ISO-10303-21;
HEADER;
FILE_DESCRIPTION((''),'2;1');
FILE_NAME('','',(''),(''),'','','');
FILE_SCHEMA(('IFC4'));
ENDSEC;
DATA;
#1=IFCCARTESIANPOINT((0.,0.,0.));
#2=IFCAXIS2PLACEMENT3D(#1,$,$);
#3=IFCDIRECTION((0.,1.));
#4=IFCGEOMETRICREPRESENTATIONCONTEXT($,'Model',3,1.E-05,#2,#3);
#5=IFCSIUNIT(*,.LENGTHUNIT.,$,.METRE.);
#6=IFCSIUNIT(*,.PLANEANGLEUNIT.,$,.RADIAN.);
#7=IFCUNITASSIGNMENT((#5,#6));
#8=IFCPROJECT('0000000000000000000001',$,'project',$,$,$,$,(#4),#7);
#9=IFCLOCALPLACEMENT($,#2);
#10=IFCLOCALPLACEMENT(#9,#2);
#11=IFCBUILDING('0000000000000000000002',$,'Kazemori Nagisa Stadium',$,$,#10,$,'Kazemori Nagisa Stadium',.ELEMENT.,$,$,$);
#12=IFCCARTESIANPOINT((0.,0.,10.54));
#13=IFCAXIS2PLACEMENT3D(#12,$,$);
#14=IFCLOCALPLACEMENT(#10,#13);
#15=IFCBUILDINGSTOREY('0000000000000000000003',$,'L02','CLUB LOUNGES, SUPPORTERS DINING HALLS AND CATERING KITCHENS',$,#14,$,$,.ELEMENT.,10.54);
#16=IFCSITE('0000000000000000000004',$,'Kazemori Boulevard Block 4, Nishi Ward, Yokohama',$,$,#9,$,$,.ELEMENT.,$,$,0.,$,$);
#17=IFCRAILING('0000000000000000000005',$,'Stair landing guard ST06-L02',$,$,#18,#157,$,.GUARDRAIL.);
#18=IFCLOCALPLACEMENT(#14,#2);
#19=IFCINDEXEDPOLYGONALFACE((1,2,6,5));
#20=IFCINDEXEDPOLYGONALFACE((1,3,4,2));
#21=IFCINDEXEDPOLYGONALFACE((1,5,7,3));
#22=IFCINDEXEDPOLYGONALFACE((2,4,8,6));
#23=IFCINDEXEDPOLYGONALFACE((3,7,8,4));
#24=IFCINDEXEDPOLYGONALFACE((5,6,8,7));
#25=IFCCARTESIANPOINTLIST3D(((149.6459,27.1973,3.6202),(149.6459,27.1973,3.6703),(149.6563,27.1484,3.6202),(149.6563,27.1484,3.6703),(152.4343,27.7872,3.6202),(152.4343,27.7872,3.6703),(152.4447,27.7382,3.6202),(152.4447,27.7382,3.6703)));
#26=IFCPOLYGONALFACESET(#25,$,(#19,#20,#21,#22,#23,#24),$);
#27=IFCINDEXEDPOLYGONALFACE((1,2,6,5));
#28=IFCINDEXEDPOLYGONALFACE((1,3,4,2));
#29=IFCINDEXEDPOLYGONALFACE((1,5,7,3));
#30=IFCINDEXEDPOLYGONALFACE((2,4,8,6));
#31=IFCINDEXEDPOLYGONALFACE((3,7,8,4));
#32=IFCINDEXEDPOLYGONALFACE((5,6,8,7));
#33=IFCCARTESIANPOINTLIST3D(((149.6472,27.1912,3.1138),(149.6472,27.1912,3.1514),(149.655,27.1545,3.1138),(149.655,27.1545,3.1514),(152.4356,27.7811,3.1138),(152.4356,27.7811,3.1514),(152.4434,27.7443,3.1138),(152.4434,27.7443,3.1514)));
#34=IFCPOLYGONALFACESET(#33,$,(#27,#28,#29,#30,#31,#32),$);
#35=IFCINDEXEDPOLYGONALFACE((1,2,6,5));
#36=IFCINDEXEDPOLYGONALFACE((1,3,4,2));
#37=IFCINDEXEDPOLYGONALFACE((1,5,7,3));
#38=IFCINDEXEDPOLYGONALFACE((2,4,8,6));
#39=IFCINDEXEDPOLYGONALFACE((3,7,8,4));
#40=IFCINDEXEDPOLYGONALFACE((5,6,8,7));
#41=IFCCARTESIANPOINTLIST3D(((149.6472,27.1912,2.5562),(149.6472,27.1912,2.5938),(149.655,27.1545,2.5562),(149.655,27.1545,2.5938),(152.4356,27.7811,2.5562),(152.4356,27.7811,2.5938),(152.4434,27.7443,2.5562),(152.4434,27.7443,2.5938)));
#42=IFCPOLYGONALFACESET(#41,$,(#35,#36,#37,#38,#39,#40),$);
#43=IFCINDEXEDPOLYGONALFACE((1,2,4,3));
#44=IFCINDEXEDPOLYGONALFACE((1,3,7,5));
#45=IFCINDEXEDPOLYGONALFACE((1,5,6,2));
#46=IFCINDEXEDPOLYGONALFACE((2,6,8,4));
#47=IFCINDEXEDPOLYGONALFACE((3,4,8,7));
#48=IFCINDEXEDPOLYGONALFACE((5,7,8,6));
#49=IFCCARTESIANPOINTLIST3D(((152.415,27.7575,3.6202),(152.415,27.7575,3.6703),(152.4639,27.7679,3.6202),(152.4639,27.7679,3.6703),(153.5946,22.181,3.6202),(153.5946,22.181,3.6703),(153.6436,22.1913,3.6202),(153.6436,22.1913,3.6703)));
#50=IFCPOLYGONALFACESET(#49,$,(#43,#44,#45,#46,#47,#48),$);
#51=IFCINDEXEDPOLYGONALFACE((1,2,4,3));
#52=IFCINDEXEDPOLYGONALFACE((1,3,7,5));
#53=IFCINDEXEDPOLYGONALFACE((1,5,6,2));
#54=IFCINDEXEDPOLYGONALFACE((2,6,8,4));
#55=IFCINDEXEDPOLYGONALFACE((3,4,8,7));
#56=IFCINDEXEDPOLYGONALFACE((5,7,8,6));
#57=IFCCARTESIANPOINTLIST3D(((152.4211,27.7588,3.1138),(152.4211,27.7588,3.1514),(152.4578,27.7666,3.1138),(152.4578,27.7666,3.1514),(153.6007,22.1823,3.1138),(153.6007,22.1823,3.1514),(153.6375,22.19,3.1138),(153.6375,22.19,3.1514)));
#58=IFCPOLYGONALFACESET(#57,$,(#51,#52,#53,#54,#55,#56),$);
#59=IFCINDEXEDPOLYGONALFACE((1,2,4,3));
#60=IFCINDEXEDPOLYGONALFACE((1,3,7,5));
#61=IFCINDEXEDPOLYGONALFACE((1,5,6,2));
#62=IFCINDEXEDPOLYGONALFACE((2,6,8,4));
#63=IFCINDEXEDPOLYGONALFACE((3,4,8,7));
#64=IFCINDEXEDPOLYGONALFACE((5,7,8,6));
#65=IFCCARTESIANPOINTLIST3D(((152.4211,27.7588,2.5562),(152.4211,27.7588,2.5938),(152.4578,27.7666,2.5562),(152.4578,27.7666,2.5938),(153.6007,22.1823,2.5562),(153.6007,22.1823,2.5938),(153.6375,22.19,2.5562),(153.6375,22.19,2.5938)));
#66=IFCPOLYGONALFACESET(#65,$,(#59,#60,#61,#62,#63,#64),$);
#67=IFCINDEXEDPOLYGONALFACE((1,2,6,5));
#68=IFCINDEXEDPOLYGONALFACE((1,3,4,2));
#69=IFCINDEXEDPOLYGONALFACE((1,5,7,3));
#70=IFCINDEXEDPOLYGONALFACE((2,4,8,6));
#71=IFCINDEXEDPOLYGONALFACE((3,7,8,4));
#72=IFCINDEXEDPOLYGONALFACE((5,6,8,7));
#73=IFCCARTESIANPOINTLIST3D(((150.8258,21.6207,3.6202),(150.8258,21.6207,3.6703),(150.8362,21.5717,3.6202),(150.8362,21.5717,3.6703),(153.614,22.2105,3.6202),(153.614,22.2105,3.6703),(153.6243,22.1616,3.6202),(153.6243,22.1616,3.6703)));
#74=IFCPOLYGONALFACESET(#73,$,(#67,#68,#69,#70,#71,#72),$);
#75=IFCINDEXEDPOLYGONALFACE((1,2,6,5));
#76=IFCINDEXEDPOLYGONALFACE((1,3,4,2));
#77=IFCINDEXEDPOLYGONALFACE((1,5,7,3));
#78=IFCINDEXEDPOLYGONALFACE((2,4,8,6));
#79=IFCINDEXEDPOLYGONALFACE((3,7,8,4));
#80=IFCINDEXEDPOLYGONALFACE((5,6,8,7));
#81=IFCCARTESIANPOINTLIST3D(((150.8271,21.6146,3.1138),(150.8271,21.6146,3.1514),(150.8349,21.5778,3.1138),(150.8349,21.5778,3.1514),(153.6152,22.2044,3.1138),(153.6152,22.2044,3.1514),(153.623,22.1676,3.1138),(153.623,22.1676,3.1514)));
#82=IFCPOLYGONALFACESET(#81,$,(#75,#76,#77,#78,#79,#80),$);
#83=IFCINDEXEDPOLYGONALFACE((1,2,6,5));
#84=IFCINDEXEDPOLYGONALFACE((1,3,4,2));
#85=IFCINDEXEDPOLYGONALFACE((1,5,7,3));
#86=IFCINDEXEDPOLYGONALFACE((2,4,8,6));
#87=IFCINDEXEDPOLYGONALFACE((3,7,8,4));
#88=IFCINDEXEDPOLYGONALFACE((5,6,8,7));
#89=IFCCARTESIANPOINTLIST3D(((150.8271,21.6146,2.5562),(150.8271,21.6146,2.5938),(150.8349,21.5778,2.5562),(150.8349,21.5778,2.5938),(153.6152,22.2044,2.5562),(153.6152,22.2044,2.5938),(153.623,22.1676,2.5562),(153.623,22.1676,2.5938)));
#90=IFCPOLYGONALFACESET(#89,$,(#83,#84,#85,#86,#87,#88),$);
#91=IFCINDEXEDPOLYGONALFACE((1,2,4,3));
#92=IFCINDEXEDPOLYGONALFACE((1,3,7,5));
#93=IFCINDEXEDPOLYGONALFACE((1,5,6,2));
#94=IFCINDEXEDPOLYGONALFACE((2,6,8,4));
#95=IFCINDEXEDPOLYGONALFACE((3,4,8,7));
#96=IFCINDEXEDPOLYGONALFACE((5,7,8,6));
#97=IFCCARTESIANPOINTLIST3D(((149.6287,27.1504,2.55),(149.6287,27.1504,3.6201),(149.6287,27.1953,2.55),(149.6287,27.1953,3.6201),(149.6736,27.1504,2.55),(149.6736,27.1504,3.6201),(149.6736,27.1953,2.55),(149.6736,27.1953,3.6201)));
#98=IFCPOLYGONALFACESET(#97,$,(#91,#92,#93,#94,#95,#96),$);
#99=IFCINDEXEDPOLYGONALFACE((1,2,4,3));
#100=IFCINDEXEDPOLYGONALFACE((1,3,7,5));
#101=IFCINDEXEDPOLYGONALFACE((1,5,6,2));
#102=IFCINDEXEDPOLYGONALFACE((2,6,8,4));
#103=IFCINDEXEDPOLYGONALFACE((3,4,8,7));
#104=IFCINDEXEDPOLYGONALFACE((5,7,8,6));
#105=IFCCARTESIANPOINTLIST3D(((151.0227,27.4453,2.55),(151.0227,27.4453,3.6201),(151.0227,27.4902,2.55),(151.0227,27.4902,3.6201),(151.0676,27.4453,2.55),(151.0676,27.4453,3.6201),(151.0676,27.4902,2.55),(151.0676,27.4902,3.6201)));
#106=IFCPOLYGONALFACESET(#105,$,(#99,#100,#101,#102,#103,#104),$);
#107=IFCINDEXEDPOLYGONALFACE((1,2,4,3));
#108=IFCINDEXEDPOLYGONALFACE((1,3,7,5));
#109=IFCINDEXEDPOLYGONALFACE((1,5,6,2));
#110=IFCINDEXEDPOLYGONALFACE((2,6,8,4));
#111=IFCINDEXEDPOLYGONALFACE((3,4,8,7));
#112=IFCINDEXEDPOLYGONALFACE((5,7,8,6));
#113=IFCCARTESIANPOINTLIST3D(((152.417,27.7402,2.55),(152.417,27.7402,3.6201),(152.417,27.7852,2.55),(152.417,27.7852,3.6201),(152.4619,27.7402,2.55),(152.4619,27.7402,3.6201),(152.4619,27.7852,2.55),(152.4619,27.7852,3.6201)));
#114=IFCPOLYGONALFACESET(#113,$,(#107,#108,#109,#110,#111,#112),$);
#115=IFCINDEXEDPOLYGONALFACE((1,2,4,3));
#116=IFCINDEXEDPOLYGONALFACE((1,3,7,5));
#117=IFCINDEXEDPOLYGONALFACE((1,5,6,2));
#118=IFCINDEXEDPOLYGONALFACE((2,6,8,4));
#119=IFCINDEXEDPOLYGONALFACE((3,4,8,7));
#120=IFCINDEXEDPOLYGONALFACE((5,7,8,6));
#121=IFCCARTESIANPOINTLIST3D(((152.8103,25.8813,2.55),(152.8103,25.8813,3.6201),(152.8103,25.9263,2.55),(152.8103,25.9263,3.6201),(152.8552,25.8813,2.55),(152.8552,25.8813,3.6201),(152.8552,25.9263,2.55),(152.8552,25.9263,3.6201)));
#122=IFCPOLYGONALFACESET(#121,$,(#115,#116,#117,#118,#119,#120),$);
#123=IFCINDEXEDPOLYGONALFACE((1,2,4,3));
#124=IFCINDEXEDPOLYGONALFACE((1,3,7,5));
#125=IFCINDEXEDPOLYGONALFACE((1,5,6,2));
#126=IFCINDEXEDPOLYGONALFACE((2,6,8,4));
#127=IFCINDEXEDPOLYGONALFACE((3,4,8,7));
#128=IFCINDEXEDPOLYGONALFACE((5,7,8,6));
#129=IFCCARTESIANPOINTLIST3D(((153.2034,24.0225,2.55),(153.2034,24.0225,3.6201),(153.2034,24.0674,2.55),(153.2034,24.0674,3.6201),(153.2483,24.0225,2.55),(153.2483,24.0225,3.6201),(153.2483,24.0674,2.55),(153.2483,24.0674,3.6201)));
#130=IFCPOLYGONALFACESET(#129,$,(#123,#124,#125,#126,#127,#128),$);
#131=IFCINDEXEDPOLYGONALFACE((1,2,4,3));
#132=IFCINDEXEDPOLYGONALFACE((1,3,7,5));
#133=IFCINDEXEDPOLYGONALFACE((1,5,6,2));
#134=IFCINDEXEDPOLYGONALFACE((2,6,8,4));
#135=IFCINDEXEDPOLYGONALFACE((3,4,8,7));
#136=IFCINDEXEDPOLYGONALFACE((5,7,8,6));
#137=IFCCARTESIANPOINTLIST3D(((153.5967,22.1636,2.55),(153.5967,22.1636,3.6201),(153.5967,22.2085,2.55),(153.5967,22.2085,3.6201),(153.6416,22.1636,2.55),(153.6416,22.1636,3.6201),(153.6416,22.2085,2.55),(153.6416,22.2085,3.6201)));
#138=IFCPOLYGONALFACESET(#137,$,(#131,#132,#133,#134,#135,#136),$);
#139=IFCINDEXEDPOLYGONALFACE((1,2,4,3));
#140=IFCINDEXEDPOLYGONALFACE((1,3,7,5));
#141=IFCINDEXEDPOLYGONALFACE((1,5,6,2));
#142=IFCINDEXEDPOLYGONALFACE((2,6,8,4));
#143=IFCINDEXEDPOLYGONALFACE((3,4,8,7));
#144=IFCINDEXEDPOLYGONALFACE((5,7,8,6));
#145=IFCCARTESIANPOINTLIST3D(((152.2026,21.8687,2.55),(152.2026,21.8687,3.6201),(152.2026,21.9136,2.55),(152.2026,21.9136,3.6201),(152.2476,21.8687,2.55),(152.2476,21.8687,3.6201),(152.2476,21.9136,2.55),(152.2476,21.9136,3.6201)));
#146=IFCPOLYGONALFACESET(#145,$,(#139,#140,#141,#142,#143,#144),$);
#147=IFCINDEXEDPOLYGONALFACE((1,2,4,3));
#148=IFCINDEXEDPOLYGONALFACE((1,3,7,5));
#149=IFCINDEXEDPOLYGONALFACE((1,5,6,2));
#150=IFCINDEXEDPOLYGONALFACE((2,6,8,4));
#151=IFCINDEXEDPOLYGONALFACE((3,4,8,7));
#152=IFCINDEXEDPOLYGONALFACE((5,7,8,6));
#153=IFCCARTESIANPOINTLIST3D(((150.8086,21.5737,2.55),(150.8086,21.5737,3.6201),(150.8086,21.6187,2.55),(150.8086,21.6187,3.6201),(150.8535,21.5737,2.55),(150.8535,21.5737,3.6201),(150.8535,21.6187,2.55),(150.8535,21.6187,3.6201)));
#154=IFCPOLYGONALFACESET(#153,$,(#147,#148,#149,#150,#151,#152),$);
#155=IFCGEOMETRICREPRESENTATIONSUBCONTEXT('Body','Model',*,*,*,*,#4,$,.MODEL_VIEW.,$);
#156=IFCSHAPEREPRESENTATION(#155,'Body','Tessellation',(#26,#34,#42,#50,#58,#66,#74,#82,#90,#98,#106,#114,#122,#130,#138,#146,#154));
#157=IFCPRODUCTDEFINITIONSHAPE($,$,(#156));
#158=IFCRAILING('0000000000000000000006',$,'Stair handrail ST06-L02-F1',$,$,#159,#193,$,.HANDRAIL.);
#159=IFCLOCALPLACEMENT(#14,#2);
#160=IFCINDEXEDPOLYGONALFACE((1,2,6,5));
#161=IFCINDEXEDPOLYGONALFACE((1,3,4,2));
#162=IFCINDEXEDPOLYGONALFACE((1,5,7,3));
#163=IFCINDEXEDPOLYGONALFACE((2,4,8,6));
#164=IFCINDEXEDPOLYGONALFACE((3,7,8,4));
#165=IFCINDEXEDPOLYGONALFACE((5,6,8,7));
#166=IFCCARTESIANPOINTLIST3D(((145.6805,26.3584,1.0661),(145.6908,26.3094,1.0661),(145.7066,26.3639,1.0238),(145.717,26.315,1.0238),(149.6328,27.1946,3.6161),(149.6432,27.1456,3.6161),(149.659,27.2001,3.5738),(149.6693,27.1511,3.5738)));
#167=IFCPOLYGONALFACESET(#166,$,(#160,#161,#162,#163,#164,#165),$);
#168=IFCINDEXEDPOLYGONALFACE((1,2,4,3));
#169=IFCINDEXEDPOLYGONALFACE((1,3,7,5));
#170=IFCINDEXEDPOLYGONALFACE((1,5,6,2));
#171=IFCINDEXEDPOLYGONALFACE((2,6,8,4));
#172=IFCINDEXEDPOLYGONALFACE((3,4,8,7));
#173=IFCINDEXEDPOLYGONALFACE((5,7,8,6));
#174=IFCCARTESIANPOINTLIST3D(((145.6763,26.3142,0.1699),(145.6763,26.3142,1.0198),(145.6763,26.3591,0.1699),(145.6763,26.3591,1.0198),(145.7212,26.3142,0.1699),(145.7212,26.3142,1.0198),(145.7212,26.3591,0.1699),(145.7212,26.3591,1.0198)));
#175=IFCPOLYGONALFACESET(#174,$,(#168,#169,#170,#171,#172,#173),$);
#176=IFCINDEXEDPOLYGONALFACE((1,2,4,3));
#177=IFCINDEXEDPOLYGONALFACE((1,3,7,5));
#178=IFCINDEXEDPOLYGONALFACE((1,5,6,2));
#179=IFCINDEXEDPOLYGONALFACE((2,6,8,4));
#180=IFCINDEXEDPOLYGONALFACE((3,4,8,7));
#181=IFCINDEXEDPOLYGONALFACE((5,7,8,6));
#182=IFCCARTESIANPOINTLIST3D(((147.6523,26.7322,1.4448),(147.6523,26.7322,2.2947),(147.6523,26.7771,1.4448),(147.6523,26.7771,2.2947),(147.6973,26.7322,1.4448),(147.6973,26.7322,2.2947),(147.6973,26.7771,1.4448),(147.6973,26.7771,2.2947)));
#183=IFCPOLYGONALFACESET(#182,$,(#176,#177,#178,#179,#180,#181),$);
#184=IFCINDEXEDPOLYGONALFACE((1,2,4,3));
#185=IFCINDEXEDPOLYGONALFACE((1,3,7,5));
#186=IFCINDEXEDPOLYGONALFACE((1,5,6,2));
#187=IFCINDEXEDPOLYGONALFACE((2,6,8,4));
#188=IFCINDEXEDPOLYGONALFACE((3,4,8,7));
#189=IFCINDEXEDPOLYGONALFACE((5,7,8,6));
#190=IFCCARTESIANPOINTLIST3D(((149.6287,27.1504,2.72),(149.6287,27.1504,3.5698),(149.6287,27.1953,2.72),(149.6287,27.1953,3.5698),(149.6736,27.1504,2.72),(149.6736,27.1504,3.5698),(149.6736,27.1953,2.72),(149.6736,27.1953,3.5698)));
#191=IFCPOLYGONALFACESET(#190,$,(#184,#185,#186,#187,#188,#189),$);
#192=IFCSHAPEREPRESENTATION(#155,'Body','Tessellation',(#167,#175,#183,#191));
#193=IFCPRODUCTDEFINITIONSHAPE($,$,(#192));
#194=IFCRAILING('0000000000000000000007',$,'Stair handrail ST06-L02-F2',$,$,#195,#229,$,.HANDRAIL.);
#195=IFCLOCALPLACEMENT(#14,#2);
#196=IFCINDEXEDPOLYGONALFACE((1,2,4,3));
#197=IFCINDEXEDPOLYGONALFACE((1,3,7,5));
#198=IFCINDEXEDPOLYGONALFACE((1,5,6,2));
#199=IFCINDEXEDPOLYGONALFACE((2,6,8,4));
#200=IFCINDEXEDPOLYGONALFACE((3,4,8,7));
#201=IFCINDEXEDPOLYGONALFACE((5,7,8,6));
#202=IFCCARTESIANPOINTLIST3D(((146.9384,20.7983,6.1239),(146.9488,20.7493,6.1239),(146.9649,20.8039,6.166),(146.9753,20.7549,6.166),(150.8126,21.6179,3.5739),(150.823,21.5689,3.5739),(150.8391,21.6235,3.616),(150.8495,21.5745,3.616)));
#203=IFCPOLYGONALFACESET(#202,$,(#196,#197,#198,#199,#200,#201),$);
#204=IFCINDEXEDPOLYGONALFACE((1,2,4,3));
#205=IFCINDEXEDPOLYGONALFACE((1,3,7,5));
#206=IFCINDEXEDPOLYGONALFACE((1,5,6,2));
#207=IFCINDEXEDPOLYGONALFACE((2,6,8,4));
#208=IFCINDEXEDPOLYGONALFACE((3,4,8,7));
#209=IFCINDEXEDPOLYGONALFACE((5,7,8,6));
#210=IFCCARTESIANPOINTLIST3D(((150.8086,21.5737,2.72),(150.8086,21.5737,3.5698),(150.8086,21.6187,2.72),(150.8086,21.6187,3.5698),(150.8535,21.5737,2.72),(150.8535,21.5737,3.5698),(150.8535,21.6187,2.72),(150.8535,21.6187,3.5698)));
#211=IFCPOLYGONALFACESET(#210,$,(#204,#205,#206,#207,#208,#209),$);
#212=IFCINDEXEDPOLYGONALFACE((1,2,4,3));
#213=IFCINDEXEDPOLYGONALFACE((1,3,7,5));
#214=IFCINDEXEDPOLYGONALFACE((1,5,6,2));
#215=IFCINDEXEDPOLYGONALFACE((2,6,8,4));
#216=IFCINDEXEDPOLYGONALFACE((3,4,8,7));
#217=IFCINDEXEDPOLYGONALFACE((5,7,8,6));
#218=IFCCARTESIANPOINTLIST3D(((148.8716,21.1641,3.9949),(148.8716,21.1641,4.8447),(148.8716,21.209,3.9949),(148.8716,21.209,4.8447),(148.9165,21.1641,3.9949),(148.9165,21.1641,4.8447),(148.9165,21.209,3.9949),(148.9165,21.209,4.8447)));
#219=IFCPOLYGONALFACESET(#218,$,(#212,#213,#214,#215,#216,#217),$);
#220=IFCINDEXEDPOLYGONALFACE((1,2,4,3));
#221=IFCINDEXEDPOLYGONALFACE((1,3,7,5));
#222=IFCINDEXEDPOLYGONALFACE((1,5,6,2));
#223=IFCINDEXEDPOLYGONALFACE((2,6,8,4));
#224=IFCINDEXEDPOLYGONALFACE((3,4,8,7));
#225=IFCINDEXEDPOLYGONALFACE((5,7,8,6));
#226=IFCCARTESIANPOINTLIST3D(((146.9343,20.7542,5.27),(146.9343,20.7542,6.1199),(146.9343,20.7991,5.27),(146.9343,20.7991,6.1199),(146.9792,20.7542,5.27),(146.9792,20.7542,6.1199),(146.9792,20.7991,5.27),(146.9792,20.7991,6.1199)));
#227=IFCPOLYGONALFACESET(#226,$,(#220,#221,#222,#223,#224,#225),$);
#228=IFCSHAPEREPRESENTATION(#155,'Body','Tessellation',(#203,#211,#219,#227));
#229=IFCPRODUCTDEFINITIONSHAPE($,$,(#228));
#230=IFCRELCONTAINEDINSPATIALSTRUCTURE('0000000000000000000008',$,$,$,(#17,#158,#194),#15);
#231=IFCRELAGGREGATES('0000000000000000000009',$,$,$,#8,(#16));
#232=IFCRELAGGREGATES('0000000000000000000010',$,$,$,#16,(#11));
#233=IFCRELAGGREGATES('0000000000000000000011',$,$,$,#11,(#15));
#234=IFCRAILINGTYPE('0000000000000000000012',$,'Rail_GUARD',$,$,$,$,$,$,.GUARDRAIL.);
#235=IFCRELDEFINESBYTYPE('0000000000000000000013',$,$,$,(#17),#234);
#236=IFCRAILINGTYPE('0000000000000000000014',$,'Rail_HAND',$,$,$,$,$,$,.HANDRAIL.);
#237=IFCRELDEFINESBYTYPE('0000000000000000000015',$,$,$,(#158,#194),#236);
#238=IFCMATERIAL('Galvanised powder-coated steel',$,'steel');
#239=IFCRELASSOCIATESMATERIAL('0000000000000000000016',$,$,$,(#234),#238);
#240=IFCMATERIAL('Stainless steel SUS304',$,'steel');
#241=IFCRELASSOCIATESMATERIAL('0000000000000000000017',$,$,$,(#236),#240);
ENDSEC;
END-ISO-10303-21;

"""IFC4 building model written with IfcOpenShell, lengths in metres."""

from ifc_helpers import new_model, si_unit, direction, frame, origin, origin_2d, place, context, subcontext, project, spatial, rectangle, extrude, material, type_object, element, save


model = new_model("IFC4")

# Units and contexts
model_context = context("Model", 3, precision=1e-05, world=origin(), true_north=direction((0.0, 1.0)))
body_context = subcontext(model_context, "Body", "Model", "MODEL_VIEW")
ifc_project = project(units=[si_unit("LENGTHUNIT", "METRE"), si_unit("PLANEANGLEUNIT", "RADIAN")], contexts=[model_context])

# Site, building, storey
site_placement = place(None, origin())
site = spatial("IfcSite", under=ifc_project, at=site_placement, Name="Kazemori Boulevard Block 4, Nishi Ward, Yokohama", CompositionType="ELEMENT", RefElevation=0.0)
building_placement = place(site_placement, origin())
building = spatial("IfcBuilding", under=site, at=building_placement, Name="Kazemori Nagisa Stadium", LongName="Kazemori Nagisa Stadium", CompositionType="ELEMENT")
storey_placement = place(building_placement, frame((0.0, 0.0, 10.54)))
storey = spatial("IfcBuildingStorey", under=building, at=storey_placement, Name="L02", Description="CLUB LOUNGES, SUPPORTERS DINING HALLS AND CATERING KITCHENS", CompositionType="ELEMENT", Elevation=10.54)

# Railings
ifc_material_1 = material(Name="Galvanised powder-coated steel", Category="steel")
railing_type_1 = type_object("IfcRailingType", Name="Rail_GUARD", PredefinedType="GUARDRAIL", material=ifc_material_1)
railing_1_placement = place(storey_placement, frame((149.6511, 27.1729, 2.55)))
element("IfcRailing", 1, at=railing_1_placement, inside=storey, type_object=railing_type_1, Name="Stair landing guard ST06-L02", PredefinedType="GUARDRAIL", context=body_context, shape_type="SweptSolid", body=[
    extrude(rectangle(XDim=0.05, YDim=0.05, at=origin_2d()), frame((0.0, 0.0, 1.0952), z_axis=(0.978349, 0.20696, 0.0), x_axis=(-0.20696, 0.978349, 0.0)), (0.0, 0.0, 1.0), 2.8501),
    extrude(rectangle(XDim=0.0376, YDim=0.0376, at=origin_2d()), frame((0.0, 0.0, 0.5825), z_axis=(0.978349, 0.20696, 0.0), x_axis=(-0.20696, 0.978349, 0.0)), (0.0, 0.0, 1.0), 2.8501),
    extrude(rectangle(XDim=0.0376, YDim=0.0376, at=origin_2d()), frame((0.0, 0.0, 0.0249), z_axis=(0.978349, 0.20696, 0.0), x_axis=(-0.20696, 0.978349, 0.0)), (0.0, 0.0, 1.0), 2.8501),
    extrude(rectangle(XDim=0.05, YDim=0.05, at=origin_2d()), frame((2.7883, 0.5898, 1.0952), z_axis=(0.20696, -0.978349, 0.0), x_axis=(0.978349, 0.20696, 0.0)), (0.0, 0.0, 1.0), 5.7),
    extrude(rectangle(XDim=0.0376, YDim=0.0376, at=origin_2d()), frame((2.7883, 0.5898, 0.5825), z_axis=(0.20696, -0.978349, 0.0), x_axis=(0.978349, 0.20696, 0.0)), (0.0, 0.0, 1.0), 5.7),
    extrude(rectangle(XDim=0.0376, YDim=0.0376, at=origin_2d()), frame((2.7883, 0.5898, 0.0249), z_axis=(0.20696, -0.978349, 0.0), x_axis=(0.978349, 0.20696, 0.0)), (0.0, 0.0, 1.0), 5.7),
    extrude(rectangle(XDim=0.05, YDim=0.05, at=origin_2d()), frame((3.968, -4.9868, 1.0952), z_axis=(-0.978346, -0.206978, 0.0), x_axis=(0.206978, -0.978346, 0.0)), (0.0, 0.0, 1.0), 2.8499),
    extrude(rectangle(XDim=0.0376, YDim=0.0376, at=origin_2d()), frame((3.968, -4.9868, 0.5825), z_axis=(-0.978346, -0.206978, 0.0), x_axis=(0.206978, -0.978346, 0.0)), (0.0, 0.0, 1.0), 2.8499),
    extrude(rectangle(XDim=0.0376, YDim=0.0376, at=origin_2d()), frame((3.968, -4.9868, 0.0249), z_axis=(-0.978346, -0.206978, 0.0), x_axis=(0.206978, -0.978346, 0.0)), (0.0, 0.0, 1.0), 2.8499),
    extrude(rectangle(XDim=0.0449, YDim=0.0449, at=origin_2d()), origin(), (0.0, 0.0, 1.0), 1.0701),
    extrude(rectangle(XDim=0.0449, YDim=0.0449, at=origin_2d()), frame((1.394, 0.2949, 0.0)), (0.0, 0.0, 1.0), 1.0701),
    extrude(rectangle(XDim=0.0449, YDim=0.0449, at=origin_2d()), frame((2.7883, 0.5898, 0.0)), (0.0, 0.0, 1.0), 1.0701),
    extrude(rectangle(XDim=0.0449, YDim=0.0449, at=origin_2d()), frame((3.1816, -1.269, 0.0)), (0.0, 0.0, 1.0), 1.0701),
    extrude(rectangle(XDim=0.0449, YDim=0.0449, at=origin_2d()), frame((3.5747, -3.1279, 0.0)), (0.0, 0.0, 1.0), 1.0701),
    extrude(rectangle(XDim=0.0449, YDim=0.0449, at=origin_2d()), frame((3.968, -4.9868, 0.0)), (0.0, 0.0, 1.0), 1.0701),
    extrude(rectangle(XDim=0.0449, YDim=0.0449, at=origin_2d()), frame((2.574, -5.2817, 0.0)), (0.0, 0.0, 1.0), 1.0701),
    extrude(rectangle(XDim=0.0449, YDim=0.0449, at=origin_2d()), frame((1.1799, -5.5767, 0.0)), (0.0, 0.0, 1.0), 1.0701),
])
ifc_material_2 = material(Name="Stainless steel SUS304", Category="steel")
railing_type_2 = type_object("IfcRailingType", Name="Rail_HAND", PredefinedType="HANDRAIL", material=ifc_material_2)
railing_2_placement = place(storey_placement, frame((145.6987, 26.3367, 0.1699)))
element("IfcRailing", 2, at=railing_2_placement, inside=storey, type_object=railing_type_2, Name="Stair handrail ST06-L02-F1", PredefinedType="HANDRAIL", context=body_context, shape_type="SweptSolid", body=[
    extrude(rectangle(XDim=0.05, YDim=0.05, at=origin_2d()), frame((0.0, 0.0, 0.875), z_axis=(0.827314, 0.175029, 0.533776), x_axis=(-0.206982, 0.978345, 0.0)), (0.0, 0.0, 1.0), 4.7773),
    extrude(rectangle(XDim=0.0449, YDim=0.0449, at=origin_2d()), origin(), (0.0, 0.0, 1.0), 0.8499),
    extrude(rectangle(XDim=0.0449, YDim=0.0449, at=origin_2d()), frame((1.9761, 0.418, 1.2749)), (0.0, 0.0, 1.0), 0.8499),
    extrude(rectangle(XDim=0.0449, YDim=0.0449, at=origin_2d()), frame((3.9524, 0.8362, 2.55)), (0.0, 0.0, 1.0), 0.8499),
])
railing_3_placement = place(storey_placement, frame((150.8311, 21.5962, 2.72)))
element("IfcRailing", 3, at=railing_3_placement, inside=storey, type_object=railing_type_2, Name="Stair handrail ST06-L02-F2", PredefinedType="HANDRAIL", context=body_context, shape_type="SweptSolid", body=[
    extrude(rectangle(XDim=0.05, YDim=0.05, at=origin_2d()), frame((0.0, 0.0, 0.875), z_axis=(-0.822556, -0.174007, 0.541408), x_axis=(0.206964, -0.978349, 0.0)), (0.0, 0.0, 1.0), 4.71),
    extrude(rectangle(XDim=0.0449, YDim=0.0449, at=origin_2d()), origin(), (0.0, 0.0, 1.0), 0.8499),
    extrude(rectangle(XDim=0.0449, YDim=0.0449, at=origin_2d()), frame((-1.937, -0.4097, 1.2749)), (0.0, 0.0, 1.0), 0.8499),
    extrude(rectangle(XDim=0.0449, YDim=0.0449, at=origin_2d()), frame((-3.8743, -0.8196, 2.55)), (0.0, 0.0, 1.0), 0.8499),
])

save(model, "model.ifc")
